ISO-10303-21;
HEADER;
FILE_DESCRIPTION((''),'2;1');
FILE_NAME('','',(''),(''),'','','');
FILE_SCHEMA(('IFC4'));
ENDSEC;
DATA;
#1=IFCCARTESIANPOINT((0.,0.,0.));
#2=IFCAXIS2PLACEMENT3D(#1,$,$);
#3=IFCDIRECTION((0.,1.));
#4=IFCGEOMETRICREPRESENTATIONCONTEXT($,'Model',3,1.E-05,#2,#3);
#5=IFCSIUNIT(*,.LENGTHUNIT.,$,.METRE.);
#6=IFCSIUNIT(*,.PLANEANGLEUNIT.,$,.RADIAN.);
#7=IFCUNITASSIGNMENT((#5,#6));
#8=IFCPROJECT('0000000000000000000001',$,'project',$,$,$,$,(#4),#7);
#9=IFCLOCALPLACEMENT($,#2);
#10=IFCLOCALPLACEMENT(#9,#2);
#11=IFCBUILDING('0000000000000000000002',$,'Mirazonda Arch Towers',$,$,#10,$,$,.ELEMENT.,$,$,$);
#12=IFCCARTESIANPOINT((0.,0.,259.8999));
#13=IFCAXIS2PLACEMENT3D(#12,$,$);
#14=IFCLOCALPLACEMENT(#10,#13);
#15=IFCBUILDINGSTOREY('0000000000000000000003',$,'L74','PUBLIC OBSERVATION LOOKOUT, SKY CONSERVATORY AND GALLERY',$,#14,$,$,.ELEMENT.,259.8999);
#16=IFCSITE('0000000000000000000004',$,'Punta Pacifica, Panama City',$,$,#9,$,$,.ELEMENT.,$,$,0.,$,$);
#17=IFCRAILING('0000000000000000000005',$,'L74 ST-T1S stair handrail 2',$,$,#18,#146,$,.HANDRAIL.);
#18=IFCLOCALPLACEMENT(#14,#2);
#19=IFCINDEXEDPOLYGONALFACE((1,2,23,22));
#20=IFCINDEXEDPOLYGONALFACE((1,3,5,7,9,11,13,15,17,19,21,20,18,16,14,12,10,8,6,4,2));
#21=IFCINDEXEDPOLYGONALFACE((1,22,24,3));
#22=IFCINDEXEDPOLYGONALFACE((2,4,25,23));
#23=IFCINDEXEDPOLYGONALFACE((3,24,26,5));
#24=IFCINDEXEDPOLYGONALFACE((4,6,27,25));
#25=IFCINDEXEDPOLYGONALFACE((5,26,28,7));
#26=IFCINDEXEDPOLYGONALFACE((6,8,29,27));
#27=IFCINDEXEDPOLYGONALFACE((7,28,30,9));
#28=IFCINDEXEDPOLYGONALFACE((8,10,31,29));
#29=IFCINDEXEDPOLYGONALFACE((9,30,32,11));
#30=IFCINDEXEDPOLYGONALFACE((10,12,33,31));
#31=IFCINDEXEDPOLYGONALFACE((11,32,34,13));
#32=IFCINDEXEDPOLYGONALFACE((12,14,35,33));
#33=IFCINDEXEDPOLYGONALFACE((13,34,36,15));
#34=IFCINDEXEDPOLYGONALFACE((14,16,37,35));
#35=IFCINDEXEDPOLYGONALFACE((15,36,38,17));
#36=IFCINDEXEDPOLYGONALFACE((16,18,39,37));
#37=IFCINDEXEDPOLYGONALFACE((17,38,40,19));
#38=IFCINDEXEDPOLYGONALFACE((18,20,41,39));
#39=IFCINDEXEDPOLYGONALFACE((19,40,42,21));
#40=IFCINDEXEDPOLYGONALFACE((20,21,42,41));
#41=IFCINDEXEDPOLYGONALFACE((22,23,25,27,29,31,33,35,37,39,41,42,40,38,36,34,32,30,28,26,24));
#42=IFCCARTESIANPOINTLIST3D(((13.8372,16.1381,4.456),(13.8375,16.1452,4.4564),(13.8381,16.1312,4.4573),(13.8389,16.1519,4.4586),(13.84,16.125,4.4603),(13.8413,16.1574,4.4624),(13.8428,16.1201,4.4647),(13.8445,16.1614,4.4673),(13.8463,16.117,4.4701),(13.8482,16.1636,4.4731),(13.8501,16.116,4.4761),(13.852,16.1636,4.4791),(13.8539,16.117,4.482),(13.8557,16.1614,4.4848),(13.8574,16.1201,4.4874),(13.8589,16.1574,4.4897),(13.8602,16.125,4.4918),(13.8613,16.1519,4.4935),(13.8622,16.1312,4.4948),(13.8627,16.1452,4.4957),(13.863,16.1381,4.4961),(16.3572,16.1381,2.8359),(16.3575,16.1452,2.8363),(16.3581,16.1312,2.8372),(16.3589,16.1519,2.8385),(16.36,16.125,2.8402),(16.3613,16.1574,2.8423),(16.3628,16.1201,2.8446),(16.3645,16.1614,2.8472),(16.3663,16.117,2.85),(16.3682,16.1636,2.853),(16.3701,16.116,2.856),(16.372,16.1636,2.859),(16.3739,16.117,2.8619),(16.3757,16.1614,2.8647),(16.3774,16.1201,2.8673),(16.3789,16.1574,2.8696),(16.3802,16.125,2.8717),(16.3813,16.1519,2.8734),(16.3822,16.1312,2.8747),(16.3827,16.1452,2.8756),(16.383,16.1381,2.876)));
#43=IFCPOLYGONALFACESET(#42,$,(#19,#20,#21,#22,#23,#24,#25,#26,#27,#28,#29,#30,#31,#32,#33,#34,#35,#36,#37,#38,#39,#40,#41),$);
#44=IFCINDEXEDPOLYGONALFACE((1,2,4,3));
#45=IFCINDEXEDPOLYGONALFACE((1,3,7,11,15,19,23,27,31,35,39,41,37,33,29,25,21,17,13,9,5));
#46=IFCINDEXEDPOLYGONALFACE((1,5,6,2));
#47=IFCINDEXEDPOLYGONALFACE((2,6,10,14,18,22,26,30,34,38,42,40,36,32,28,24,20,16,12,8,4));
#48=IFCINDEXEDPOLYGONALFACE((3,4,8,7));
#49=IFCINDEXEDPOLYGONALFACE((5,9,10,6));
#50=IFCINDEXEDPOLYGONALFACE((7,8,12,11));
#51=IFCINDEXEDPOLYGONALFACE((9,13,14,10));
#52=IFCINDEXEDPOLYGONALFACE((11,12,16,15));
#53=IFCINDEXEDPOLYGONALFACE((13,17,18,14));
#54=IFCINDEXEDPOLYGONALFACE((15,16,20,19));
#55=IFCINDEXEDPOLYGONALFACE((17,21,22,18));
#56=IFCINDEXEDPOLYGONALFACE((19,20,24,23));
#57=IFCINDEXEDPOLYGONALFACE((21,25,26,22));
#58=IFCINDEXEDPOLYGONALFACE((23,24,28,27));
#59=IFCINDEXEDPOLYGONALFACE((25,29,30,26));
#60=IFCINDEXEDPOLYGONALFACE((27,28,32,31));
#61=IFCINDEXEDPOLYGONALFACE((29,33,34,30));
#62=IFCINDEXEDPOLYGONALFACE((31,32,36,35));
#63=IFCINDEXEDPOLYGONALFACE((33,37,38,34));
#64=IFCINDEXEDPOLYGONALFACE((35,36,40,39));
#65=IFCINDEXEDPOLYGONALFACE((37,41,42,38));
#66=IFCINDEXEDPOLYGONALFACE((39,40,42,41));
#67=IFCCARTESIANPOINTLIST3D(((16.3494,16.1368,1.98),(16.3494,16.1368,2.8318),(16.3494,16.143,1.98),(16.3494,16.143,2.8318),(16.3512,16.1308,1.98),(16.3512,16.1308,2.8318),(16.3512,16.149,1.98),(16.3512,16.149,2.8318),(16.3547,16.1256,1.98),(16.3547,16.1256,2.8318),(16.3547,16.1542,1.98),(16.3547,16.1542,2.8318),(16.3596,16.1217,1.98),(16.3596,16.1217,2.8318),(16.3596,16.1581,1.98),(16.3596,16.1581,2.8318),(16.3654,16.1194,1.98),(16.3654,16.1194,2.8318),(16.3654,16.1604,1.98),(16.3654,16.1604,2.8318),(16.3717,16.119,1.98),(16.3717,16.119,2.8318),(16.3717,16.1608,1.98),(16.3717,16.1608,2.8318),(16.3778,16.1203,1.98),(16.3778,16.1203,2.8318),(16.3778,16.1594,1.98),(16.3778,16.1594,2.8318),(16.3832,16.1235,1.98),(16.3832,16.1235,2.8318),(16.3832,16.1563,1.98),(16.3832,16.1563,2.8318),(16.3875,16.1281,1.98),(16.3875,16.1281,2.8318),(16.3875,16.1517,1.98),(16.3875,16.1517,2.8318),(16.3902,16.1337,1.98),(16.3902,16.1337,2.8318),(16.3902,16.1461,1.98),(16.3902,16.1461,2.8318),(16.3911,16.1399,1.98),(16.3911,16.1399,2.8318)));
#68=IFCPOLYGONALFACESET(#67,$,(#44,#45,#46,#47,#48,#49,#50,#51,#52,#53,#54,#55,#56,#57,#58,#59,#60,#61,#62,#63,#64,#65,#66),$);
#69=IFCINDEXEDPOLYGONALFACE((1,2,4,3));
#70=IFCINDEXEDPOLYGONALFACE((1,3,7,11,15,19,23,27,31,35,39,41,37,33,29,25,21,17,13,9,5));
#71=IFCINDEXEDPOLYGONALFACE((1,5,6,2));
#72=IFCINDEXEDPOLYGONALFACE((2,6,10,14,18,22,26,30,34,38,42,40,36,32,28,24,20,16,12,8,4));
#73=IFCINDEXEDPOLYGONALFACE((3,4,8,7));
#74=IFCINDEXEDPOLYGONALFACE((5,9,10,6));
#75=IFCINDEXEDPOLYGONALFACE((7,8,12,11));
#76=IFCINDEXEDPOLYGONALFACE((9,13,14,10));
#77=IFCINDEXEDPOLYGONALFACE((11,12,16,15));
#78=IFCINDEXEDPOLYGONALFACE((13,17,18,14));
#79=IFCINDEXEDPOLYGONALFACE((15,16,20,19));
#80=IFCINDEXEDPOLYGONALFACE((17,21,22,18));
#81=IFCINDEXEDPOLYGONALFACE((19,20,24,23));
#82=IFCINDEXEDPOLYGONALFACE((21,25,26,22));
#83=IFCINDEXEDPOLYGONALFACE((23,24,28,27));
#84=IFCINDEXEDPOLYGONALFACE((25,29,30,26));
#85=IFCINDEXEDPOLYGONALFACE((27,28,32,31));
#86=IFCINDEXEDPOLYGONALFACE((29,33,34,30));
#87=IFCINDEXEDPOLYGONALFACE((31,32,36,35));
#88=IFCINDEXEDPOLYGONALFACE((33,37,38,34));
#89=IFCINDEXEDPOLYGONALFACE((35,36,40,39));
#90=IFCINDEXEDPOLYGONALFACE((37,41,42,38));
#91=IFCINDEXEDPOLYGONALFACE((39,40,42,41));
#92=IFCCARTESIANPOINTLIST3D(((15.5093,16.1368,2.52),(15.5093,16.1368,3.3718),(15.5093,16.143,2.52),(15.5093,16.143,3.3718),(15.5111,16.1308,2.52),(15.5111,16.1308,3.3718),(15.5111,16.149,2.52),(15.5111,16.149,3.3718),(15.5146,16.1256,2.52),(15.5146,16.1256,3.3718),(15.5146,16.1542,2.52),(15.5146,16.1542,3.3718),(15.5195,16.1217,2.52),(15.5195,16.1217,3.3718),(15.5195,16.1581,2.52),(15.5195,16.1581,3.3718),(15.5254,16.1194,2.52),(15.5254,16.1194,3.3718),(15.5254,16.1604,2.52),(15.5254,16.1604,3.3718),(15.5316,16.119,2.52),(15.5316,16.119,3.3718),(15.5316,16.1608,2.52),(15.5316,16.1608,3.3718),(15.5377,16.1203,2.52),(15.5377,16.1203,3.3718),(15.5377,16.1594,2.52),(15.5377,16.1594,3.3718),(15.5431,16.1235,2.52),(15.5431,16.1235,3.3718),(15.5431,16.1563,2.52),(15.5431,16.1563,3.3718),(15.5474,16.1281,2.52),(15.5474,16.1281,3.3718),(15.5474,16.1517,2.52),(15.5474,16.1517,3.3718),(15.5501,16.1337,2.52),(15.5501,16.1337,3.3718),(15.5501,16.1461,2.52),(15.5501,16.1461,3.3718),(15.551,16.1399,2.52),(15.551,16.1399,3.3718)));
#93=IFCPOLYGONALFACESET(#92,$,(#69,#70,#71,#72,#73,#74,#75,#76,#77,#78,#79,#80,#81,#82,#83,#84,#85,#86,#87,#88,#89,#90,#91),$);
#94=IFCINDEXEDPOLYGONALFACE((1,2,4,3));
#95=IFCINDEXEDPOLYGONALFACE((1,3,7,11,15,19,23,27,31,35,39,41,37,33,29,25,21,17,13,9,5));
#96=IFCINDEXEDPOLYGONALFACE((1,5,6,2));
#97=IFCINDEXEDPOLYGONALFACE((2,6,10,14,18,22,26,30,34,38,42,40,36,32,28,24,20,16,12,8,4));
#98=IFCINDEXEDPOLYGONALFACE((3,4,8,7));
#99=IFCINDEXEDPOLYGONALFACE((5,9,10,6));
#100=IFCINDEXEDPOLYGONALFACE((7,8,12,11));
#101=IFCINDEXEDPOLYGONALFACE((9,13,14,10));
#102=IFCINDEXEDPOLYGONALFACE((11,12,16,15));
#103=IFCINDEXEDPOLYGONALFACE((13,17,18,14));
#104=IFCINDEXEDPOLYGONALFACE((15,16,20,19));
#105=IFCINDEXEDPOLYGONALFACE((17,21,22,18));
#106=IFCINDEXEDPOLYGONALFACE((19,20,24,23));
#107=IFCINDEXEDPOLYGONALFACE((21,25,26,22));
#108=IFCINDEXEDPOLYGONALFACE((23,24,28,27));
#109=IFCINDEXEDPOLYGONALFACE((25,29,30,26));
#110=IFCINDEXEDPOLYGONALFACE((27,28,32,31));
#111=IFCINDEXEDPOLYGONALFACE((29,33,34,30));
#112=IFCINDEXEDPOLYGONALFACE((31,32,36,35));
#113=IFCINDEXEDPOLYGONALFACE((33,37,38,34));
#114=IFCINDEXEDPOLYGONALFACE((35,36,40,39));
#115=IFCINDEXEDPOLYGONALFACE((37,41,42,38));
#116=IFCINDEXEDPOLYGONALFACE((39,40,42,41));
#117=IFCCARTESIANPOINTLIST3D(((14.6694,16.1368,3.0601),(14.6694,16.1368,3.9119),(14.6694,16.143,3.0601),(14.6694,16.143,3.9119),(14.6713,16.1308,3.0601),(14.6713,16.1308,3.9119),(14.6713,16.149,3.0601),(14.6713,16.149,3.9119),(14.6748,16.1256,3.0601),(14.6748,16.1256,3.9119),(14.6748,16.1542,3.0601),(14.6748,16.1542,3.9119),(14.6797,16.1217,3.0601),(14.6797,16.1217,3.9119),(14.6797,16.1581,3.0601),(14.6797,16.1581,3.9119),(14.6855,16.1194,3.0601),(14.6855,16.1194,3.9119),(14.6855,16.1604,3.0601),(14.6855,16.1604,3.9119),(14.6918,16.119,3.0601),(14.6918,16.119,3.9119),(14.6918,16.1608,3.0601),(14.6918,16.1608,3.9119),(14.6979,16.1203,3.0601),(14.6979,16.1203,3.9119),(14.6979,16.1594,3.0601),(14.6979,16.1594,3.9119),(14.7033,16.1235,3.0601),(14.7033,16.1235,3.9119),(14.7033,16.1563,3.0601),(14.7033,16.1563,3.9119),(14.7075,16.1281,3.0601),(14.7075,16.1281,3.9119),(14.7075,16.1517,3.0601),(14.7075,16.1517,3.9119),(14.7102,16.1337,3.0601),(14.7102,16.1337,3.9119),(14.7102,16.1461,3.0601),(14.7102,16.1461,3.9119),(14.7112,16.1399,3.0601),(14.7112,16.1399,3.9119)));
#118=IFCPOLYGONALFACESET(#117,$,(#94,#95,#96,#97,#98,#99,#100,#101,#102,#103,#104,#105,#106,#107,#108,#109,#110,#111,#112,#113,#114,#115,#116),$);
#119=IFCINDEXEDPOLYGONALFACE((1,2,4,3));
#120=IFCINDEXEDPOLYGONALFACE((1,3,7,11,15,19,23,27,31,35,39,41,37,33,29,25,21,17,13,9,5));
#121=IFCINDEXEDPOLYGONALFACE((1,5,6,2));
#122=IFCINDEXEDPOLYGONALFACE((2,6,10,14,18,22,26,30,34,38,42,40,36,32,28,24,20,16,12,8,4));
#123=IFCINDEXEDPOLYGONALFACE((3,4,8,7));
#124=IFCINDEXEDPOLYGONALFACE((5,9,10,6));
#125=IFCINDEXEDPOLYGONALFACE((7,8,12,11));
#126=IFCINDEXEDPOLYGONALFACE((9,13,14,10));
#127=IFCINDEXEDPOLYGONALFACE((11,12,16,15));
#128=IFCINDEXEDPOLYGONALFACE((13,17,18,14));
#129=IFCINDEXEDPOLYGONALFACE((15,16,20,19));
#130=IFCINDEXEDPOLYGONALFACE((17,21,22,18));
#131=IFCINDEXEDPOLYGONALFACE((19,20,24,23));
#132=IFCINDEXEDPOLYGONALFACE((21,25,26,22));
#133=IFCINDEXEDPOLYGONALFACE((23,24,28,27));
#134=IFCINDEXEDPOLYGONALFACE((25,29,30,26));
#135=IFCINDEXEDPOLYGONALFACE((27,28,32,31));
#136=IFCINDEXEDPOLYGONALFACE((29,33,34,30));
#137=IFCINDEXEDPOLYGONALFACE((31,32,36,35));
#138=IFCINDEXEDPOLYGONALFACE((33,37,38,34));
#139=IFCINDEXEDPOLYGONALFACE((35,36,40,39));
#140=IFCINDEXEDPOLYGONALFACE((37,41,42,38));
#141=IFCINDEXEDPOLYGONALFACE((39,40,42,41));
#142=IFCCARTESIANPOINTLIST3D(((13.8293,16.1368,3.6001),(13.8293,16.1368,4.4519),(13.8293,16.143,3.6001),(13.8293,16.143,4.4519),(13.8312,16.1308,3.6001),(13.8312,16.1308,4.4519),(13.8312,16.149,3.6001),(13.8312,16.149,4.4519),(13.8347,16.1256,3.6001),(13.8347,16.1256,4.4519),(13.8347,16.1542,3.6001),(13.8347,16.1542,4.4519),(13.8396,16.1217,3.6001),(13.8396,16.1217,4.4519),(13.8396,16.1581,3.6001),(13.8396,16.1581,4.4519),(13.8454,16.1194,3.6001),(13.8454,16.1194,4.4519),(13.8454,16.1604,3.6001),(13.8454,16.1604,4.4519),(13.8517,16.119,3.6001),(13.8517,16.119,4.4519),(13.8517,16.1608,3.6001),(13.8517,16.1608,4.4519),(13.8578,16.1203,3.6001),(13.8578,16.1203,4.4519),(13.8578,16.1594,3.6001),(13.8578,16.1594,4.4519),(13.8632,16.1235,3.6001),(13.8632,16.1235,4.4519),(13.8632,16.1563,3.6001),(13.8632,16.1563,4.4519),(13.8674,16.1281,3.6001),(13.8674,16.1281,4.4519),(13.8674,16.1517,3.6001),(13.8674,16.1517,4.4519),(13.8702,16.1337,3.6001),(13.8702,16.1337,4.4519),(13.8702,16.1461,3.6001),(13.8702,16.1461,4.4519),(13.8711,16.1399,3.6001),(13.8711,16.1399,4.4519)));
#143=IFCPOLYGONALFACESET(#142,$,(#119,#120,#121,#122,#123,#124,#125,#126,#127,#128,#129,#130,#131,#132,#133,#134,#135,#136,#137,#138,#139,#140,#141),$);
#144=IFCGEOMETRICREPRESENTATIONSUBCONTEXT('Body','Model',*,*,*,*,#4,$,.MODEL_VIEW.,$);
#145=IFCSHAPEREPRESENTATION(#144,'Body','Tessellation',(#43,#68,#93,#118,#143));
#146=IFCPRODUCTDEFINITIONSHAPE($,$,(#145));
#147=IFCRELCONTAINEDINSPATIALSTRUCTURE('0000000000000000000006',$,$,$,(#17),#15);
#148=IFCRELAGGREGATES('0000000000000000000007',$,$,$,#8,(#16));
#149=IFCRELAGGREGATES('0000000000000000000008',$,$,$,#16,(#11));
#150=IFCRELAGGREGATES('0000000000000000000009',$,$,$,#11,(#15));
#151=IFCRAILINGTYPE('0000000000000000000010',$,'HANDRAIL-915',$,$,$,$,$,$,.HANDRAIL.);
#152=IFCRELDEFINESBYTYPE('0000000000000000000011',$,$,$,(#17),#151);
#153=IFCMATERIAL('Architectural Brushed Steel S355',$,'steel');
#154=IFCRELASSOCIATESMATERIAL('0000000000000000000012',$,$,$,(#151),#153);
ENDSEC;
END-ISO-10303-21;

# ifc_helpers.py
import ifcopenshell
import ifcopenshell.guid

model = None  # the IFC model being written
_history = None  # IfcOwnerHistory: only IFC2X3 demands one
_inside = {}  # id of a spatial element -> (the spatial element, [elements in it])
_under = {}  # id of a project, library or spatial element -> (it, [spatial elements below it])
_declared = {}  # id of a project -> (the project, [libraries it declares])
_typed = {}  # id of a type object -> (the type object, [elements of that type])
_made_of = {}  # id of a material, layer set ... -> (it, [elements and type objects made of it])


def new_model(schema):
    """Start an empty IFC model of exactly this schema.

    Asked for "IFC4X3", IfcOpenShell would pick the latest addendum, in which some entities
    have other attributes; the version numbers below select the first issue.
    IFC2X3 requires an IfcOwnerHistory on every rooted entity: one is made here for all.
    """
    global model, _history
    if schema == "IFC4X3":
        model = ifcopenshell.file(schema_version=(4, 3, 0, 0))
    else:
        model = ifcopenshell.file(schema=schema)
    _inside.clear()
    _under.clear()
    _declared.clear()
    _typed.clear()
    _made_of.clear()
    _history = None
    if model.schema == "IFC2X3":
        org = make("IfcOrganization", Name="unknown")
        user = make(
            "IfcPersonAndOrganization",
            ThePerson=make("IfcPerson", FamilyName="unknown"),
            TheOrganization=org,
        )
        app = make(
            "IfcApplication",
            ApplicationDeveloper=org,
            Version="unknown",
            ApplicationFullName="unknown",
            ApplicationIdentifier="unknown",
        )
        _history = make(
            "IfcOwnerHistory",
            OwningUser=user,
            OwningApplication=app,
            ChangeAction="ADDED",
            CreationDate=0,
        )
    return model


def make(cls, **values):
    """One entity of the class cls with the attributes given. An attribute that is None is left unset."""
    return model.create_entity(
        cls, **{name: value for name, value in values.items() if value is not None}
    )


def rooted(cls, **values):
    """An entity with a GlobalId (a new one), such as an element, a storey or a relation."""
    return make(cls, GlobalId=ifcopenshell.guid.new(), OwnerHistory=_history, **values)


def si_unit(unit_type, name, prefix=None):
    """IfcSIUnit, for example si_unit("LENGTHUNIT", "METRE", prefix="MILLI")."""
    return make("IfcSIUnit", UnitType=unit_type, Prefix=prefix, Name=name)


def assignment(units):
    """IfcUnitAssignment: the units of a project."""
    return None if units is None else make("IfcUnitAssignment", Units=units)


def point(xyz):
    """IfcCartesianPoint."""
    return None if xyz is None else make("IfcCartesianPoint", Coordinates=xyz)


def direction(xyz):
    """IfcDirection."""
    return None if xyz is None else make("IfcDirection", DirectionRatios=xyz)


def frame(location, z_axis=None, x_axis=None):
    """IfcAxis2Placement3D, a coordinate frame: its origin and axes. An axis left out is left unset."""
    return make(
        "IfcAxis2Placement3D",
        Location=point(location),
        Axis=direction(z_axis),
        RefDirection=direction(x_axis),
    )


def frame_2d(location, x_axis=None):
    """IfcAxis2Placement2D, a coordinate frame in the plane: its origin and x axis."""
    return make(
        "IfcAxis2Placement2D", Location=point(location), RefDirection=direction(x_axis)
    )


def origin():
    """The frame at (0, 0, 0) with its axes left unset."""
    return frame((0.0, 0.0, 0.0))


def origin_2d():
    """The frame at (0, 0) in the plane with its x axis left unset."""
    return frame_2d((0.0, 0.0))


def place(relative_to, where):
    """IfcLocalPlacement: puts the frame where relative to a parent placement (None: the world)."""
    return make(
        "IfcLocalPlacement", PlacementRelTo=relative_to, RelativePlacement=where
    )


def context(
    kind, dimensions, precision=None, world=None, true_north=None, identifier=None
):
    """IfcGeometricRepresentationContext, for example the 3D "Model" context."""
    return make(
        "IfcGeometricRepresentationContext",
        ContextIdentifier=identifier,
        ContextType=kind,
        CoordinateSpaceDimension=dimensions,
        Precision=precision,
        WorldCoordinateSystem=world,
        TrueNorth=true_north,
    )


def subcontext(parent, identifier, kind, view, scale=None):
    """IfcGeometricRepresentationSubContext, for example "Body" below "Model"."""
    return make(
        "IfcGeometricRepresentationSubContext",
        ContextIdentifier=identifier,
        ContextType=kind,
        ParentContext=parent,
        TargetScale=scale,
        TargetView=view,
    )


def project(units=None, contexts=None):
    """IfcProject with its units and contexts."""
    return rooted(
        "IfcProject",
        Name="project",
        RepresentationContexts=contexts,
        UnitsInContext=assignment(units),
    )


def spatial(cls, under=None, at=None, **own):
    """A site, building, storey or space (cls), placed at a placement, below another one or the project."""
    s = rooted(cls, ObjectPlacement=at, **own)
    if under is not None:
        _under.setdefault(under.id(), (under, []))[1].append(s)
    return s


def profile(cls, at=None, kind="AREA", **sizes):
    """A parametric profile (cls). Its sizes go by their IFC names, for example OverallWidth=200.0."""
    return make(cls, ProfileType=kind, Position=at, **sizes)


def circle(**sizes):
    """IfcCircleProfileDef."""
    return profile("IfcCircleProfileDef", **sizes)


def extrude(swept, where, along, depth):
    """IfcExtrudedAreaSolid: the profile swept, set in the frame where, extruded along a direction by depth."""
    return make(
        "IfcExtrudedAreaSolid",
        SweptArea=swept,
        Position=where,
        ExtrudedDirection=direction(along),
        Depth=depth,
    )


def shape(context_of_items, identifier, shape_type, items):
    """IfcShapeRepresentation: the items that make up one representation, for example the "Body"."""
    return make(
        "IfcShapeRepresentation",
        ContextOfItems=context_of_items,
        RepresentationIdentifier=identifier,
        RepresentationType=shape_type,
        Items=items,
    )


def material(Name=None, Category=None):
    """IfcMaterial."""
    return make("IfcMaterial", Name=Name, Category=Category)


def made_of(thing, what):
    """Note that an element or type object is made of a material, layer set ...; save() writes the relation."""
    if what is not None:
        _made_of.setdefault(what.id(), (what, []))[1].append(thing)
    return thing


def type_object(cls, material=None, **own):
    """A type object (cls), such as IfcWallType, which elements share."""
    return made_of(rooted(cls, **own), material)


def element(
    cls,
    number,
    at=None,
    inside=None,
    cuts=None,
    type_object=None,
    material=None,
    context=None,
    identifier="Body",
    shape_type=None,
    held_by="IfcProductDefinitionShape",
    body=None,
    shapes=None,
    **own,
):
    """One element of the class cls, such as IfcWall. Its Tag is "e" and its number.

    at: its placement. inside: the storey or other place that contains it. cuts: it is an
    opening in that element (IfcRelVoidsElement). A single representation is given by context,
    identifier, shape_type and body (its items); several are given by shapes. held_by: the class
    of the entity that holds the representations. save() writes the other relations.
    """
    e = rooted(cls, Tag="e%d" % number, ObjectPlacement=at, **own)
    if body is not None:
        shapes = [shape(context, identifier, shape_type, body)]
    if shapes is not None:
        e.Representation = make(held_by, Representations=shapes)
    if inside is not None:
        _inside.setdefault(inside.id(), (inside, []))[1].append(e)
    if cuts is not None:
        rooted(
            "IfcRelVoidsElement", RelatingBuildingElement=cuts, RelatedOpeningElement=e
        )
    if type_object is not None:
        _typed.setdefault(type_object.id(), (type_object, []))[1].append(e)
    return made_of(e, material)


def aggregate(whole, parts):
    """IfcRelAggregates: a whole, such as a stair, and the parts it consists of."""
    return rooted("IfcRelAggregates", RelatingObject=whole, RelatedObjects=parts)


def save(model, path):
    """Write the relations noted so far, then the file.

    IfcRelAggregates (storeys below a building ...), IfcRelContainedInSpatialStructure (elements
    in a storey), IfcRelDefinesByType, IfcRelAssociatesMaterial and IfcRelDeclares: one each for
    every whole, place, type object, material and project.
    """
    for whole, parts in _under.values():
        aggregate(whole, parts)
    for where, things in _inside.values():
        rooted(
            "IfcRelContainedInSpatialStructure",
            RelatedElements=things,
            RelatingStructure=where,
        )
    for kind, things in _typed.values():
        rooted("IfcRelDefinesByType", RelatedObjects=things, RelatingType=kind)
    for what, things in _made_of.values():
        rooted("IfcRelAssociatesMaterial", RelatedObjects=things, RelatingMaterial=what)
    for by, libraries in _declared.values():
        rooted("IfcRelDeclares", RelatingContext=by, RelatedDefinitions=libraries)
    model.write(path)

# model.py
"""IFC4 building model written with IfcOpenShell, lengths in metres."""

from ifc_helpers import new_model, si_unit, direction, frame, origin, origin_2d, place, context, subcontext, project, spatial, circle, extrude, material, type_object, element, save


model = new_model("IFC4")

# Units and contexts
model_context = context("Model", 3, precision=1e-05, world=origin(), true_north=direction((0.0, 1.0)))
body_context = subcontext(model_context, "Body", "Model", "MODEL_VIEW")
ifc_project = project(units=[si_unit("LENGTHUNIT", "METRE"), si_unit("PLANEANGLEUNIT", "RADIAN")], contexts=[model_context])

# Site, building, storey
site_placement = place(None, origin())
site = spatial("IfcSite", under=ifc_project, at=site_placement, Name="Punta Pacifica, Panama City", CompositionType="ELEMENT", RefElevation=0.0)
building_placement = place(site_placement, origin())
building = spatial("IfcBuilding", under=site, at=building_placement, Name="Mirazonda Arch Towers", CompositionType="ELEMENT")
storey_placement = place(building_placement, frame((0.0, 0.0, 259.8999)))
storey = spatial("IfcBuildingStorey", under=building, at=storey_placement, Name="L74", Description="PUBLIC OBSERVATION LOOKOUT, SKY CONSERVATORY AND GALLERY", CompositionType="ELEMENT", Elevation=259.8999)

# Shared definitions
ifc_material_1 = material(Name="Architectural Brushed Steel S355", Category="steel")

# Railing
railing_type = type_object("IfcRailingType", Name="HANDRAIL-915", PredefinedType="HANDRAIL", material=ifc_material_1)
railing_placement = place(storey_placement, frame((16.3701, 16.1399, 1.98)))
element("IfcRailing", 1, at=railing_placement, inside=storey, type_object=railing_type, Name="L74 ST-T1S stair handrail 2", PredefinedType="HANDRAIL", context=body_context, shape_type="SweptSolid", body=[
    extrude(circle(Radius=0.0239, at=origin_2d()), frame((0.0, 0.0, 0.876), z_axis=(-0.841163, 0.0, 0.540782), x_axis=(0.0, -1.0, 0.0)), (0.0, 0.0, 1.0), 2.9958),
    extrude(circle(Radius=0.021, at=origin_2d()), origin(), (0.0, 0.0, 1.0), 0.8518),
    extrude(circle(Radius=0.021, at=origin_2d()), frame((-0.8401, 0.0, 0.54)), (0.0, 0.0, 1.0), 0.8518),
    extrude(circle(Radius=0.021, at=origin_2d()), frame((-1.6799, 0.0, 1.0801)), (0.0, 0.0, 1.0), 0.8518),
    extrude(circle(Radius=0.021, at=origin_2d()), frame((-2.52, 0.0, 1.6201)), (0.0, 0.0, 1.0), 0.8518),
])

save(model, "model.ifc")
